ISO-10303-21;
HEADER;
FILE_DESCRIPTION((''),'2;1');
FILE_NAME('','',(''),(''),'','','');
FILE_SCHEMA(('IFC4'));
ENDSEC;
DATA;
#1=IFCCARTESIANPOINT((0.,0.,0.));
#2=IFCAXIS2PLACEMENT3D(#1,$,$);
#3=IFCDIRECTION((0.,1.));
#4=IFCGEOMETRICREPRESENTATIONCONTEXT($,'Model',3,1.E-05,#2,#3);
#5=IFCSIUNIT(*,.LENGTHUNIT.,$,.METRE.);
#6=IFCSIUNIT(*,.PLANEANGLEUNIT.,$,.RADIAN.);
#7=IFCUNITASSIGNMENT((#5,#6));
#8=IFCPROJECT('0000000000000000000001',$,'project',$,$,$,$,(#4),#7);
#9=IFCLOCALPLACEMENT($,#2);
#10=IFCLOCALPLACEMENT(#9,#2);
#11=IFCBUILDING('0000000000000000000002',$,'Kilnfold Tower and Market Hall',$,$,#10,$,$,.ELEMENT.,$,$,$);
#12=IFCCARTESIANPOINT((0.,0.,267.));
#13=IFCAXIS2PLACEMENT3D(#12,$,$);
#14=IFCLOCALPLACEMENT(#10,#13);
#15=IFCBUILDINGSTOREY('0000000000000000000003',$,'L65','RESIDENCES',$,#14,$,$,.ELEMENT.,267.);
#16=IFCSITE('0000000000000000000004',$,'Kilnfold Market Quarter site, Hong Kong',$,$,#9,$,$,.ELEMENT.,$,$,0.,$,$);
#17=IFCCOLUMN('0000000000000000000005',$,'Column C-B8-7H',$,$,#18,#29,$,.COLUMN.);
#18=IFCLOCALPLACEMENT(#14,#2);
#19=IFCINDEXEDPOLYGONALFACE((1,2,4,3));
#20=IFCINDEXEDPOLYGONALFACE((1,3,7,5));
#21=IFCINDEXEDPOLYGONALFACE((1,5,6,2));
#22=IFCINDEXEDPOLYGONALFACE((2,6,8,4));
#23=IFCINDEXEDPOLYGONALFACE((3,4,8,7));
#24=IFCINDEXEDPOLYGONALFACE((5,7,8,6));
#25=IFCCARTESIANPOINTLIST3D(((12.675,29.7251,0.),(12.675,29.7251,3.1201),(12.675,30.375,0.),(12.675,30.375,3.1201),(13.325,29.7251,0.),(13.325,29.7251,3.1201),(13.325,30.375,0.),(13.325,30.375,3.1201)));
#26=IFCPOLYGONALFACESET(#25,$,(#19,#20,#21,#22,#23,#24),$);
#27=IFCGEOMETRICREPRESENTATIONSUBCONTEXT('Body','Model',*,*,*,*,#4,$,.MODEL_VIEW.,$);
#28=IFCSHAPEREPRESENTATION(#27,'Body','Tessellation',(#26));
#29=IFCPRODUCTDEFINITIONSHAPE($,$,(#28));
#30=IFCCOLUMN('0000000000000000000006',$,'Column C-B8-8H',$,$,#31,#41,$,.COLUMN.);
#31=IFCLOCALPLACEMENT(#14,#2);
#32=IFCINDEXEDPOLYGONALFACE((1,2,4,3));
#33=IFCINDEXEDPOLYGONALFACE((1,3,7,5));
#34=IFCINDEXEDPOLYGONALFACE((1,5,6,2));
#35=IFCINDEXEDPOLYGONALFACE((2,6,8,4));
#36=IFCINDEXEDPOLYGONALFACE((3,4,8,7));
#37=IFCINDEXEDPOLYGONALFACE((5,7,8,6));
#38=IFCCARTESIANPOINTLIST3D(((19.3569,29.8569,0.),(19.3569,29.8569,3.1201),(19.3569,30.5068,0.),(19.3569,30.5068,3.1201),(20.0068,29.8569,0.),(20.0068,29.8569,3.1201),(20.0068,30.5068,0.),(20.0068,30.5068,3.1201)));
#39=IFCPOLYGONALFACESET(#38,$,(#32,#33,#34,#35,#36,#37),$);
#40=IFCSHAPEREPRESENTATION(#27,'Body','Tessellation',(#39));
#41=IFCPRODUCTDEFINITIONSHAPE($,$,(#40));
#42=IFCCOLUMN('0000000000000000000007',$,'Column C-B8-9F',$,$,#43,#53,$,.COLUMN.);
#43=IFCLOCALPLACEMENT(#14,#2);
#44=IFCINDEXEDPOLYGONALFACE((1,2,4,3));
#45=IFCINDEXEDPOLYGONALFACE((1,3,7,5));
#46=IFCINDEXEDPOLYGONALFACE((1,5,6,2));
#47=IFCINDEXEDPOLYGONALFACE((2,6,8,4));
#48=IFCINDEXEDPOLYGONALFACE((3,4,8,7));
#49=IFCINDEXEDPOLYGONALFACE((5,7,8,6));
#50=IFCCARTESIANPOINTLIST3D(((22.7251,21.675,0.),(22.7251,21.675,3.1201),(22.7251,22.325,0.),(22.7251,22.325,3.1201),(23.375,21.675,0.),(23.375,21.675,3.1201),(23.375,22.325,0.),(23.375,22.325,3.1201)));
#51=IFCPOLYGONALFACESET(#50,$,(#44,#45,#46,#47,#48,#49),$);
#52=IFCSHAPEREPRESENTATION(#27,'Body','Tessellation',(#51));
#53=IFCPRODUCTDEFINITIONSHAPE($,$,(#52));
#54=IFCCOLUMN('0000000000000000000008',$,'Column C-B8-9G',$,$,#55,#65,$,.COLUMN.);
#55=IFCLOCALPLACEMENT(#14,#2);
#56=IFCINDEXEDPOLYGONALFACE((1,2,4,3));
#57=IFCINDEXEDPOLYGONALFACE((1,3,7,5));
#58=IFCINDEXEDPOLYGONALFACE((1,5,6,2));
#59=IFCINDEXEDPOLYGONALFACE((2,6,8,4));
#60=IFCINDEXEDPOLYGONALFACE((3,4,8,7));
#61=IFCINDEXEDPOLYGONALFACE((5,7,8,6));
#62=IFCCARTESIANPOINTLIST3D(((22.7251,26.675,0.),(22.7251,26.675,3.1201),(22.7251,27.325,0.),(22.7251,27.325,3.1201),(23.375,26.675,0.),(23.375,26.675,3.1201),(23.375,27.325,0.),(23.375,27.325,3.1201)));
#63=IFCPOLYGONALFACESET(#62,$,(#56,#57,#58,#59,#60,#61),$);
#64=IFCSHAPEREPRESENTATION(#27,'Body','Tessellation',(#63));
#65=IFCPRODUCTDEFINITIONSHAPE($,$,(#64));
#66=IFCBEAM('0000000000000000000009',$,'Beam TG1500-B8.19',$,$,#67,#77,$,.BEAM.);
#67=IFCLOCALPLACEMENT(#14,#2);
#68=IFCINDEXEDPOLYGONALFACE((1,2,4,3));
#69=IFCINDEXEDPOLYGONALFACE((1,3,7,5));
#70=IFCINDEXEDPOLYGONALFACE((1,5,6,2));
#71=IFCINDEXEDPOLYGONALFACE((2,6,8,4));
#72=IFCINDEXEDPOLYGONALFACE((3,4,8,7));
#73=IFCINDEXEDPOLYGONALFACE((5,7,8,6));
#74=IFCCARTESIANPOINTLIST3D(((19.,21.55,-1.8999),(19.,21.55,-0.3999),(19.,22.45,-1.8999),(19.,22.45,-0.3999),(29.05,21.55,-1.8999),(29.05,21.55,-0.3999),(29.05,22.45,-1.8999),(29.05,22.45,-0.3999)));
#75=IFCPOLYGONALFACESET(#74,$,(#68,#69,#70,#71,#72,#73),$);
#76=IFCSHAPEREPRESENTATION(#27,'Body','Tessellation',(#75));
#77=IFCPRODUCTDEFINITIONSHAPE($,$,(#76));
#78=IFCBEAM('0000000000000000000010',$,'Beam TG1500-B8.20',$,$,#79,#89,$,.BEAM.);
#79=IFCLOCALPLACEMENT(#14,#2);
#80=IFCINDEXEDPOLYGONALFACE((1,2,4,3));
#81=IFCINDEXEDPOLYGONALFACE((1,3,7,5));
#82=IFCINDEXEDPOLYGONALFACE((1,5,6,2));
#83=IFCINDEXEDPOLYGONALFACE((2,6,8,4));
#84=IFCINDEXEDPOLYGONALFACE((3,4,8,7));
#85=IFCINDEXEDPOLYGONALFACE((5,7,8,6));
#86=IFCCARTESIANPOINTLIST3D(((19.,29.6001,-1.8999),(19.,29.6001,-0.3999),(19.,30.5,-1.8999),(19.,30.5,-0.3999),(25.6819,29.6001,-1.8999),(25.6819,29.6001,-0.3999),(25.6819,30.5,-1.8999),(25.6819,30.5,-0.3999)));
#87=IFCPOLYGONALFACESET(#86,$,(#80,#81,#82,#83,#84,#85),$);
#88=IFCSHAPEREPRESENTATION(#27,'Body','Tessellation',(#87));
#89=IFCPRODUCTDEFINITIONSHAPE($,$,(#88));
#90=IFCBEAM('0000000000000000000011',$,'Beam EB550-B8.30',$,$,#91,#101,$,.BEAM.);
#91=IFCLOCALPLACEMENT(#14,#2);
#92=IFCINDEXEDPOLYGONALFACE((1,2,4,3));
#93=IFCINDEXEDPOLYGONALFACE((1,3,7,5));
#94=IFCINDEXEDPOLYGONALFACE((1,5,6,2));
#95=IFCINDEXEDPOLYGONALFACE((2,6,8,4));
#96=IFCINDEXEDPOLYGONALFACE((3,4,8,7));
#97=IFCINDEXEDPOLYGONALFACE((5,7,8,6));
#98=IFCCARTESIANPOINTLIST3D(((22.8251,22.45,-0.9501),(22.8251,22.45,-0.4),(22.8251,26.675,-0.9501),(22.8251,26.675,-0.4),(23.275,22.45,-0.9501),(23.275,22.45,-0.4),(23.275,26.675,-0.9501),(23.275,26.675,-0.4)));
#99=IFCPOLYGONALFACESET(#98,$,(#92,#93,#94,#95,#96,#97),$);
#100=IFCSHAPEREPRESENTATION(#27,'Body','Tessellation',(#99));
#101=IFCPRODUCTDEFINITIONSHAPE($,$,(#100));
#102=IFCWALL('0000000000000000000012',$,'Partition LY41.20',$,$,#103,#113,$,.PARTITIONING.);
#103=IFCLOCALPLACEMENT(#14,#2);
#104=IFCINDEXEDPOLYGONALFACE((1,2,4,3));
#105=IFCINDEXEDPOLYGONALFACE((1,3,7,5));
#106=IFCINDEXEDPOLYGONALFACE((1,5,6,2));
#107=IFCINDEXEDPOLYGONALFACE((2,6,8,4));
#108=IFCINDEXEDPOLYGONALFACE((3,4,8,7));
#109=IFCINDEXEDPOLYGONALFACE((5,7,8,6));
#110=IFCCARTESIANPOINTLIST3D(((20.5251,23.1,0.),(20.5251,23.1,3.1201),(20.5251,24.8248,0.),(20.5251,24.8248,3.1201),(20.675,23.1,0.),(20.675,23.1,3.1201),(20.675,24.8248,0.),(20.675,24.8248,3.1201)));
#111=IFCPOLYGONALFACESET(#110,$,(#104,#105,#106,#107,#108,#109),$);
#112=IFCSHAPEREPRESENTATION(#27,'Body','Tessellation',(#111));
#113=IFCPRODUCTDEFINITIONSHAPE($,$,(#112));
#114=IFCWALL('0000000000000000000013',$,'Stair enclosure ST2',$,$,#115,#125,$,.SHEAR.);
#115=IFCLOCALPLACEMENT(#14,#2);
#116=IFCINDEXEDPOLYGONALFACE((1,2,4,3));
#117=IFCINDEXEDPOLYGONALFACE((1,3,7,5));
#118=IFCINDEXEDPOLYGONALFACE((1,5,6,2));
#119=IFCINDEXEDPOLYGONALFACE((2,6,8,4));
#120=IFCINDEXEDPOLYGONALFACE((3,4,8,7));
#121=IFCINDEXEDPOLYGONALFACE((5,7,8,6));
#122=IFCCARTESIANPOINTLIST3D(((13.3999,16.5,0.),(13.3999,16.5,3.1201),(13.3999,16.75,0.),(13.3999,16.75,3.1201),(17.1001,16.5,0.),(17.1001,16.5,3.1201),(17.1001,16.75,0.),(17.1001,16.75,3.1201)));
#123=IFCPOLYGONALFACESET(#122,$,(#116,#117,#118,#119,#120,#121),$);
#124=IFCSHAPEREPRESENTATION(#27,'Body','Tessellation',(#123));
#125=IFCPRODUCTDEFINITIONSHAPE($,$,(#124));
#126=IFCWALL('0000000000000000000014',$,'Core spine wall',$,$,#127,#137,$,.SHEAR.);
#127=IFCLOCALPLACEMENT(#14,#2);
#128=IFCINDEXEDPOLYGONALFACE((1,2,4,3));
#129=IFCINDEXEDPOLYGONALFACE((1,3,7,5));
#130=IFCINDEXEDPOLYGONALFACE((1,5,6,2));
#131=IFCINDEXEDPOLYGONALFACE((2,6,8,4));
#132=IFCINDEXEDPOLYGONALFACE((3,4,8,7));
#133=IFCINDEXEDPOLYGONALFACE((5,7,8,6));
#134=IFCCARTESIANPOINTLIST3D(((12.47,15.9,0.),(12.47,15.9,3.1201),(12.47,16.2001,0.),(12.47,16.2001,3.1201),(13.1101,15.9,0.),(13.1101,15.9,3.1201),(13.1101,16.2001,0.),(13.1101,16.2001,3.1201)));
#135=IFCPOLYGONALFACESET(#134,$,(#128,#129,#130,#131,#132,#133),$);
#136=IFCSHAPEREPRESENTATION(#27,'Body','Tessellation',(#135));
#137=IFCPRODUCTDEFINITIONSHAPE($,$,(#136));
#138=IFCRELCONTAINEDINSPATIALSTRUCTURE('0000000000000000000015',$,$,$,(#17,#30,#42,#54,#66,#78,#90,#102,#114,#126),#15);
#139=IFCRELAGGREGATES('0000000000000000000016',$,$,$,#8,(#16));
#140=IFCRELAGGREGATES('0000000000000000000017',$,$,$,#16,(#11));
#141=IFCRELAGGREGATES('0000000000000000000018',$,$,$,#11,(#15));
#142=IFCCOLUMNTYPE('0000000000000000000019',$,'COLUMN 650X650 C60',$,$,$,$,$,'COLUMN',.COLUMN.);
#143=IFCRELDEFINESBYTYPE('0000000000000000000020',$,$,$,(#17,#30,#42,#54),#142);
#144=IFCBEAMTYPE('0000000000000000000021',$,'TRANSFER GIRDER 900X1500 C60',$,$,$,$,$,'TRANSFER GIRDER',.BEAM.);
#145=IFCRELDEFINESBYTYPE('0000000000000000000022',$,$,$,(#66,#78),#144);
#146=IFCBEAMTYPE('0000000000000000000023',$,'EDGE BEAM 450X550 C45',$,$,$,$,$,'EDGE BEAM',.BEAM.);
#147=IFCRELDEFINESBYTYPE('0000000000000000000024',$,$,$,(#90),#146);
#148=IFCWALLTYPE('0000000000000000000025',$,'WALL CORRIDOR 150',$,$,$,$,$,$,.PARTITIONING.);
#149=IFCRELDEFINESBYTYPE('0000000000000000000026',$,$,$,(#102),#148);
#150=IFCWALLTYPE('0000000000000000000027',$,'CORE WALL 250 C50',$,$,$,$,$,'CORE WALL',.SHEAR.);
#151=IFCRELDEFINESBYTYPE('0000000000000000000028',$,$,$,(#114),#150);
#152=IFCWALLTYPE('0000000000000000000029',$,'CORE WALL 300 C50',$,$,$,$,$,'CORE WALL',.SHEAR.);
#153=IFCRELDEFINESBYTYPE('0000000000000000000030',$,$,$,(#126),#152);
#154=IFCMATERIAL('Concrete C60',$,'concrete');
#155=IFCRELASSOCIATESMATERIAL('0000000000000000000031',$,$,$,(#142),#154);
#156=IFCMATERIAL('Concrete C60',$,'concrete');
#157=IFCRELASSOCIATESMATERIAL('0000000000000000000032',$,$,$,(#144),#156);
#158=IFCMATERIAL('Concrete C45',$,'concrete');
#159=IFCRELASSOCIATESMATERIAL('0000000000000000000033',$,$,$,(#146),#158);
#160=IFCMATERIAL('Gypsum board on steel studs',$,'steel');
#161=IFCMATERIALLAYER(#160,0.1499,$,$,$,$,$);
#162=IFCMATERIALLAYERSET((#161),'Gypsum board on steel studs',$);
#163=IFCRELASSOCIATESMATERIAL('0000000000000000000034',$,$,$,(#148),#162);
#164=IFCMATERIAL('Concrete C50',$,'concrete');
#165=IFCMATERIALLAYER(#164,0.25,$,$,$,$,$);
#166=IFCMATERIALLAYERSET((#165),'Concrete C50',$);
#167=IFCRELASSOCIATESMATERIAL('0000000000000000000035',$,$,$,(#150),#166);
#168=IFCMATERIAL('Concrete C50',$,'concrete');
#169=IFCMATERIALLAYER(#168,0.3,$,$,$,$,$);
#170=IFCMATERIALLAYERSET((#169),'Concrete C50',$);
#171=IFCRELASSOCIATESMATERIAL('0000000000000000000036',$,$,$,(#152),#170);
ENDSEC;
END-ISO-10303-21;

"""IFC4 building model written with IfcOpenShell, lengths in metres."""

from ifc_helpers import new_model, si_unit, direction, frame, frame_2d, origin, origin_2d, place, context, subcontext, project, spatial, rectangle, extrude, source, transform, mapped, material, layer, layer_set, material_profile, profile_set, type_object, element, save


model = new_model("IFC4")

# Units and contexts
model_context = context("Model", 3, precision=1e-05, world=origin(), true_north=direction((0.0, 1.0)))
body_context = subcontext(model_context, "Body", "Model", "MODEL_VIEW")
ifc_project = project(units=[si_unit("LENGTHUNIT", "METRE"), si_unit("PLANEANGLEUNIT", "RADIAN")], contexts=[model_context])

# Site, building, storey
site_placement = place(None, origin())
site = spatial("IfcSite", under=ifc_project, at=site_placement, Name="Kilnfold Market Quarter site, Hong Kong", CompositionType="ELEMENT", RefElevation=0.0)
building_placement = place(site_placement, origin())
building = spatial("IfcBuilding", under=site, at=building_placement, Name="Kilnfold Tower and Market Hall", CompositionType="ELEMENT")
storey_placement = place(building_placement, frame((0.0, 0.0, 267.0)))
storey = spatial("IfcBuildingStorey", under=building, at=storey_placement, Name="L65", Description="RESIDENCES", CompositionType="ELEMENT", Elevation=267.0)

# Columns
ifc_material_1 = material(Name="Concrete C60", Category="concrete")
ifc_material_profile_1 = material_profile(ifc_material_1, rectangle(XDim=0.6499, YDim=0.6499, at=origin_2d()), Name="RC 650x650")
ifc_profile_set_1 = profile_set([ifc_material_profile_1], Name="Concrete C60")
column_type = type_object("IfcColumnType", Name="COLUMN 650X650 C60", ElementType="COLUMN", PredefinedType="COLUMN", material=ifc_profile_set_1)
shared_shape_1 = source(origin(), body_context, "Body", "SweptSolid", [
    extrude(rectangle(XDim=0.6499, YDim=0.6499, at=origin_2d()), origin(), (0.0, 0.0, 1.0), 3.1201),
])
for number, where, z_axis, x_axis, name in (
    (1, (13.0, 30.05, 0.0), (0.0, 0.0, 1.0), (1.0, 0.0, 0.0), "Column C-B8-7H"),
    (2, (19.6819, 30.1819, 0.0), (0.0, 0.0, 1.0), (1.0, 0.0, 0.0), "Column C-B8-8H"),
    (3, (23.05, 22.0, 0.0), (0.0, 0.0, 1.0), (1.0, 0.0, 0.0), "Column C-B8-9F"),
    (4, (23.05, 27.0, 0.0), (0.0, 0.0, 1.0), (1.0, 0.0, 0.0), "Column C-B8-9G"),
):
    element("IfcColumn", number, at=place(storey_placement, frame(where, z_axis=z_axis, x_axis=x_axis)), inside=storey, type_object=column_type, Name=name, PredefinedType="COLUMN", context=body_context, shape_type="MappedRepresentation", body=[
        mapped(shared_shape_1, transform((0.0, 0.0, 0.0))),
    ])

# Beams
ifc_material_2 = material(Name="Concrete C60", Category="concrete")
ifc_material_profile_2 = material_profile(ifc_material_2, rectangle(XDim=0.8999, YDim=1.5, at=origin_2d()), Name="RC 900x1500")
ifc_profile_set_2 = profile_set([ifc_material_profile_2], Name="Concrete C60")
beam_type_1 = type_object("IfcBeamType", Name="TRANSFER GIRDER 900X1500 C60", ElementType="TRANSFER GIRDER", PredefinedType="BEAM", material=ifc_profile_set_2)
shared_shape_2 = source(origin(), body_context, "Body", "SweptSolid", [
    extrude(rectangle(XDim=0.8999, YDim=1.5, at=origin_2d()), origin(), (0.0, 0.0, 1.0), 10.05),
])
beam_1_placement = place(storey_placement, frame((19.0, 22.0, -1.1499), z_axis=(1.0, 0.0, 0.0), x_axis=(0.0, 1.0, 0.0)))
element("IfcBeam", 5, at=beam_1_placement, inside=storey, type_object=beam_type_1, Name="Beam TG1500-B8.19", PredefinedType="BEAM", context=body_context, shape_type="MappedRepresentation", body=[
    mapped(shared_shape_2, transform((0.0, 0.0, 0.0))),
])
shared_shape_3 = source(origin(), body_context, "Body", "SweptSolid", [
    extrude(rectangle(XDim=0.8999, YDim=1.5, at=origin_2d()), origin(), (0.0, 0.0, 1.0), 6.6819),
])
beam_2_placement = place(storey_placement, frame((19.0, 30.05, -1.1499), z_axis=(1.0, 0.0, 0.0), x_axis=(0.0, 1.0, 0.0)))
element("IfcBeam", 6, at=beam_2_placement, inside=storey, type_object=beam_type_1, Name="Beam TG1500-B8.20", PredefinedType="BEAM", context=body_context, shape_type="MappedRepresentation", body=[
    mapped(shared_shape_3, transform((0.0, 0.0, 0.0))),
])
ifc_material_3 = material(Name="Concrete C45", Category="concrete")
ifc_material_profile_3 = material_profile(ifc_material_3, rectangle(XDim=0.45, YDim=0.55, at=origin_2d()), Name="RC 450x550")
ifc_profile_set_3 = profile_set([ifc_material_profile_3], Name="Concrete C45")
beam_type_2 = type_object("IfcBeamType", Name="EDGE BEAM 450X550 C45", ElementType="EDGE BEAM", PredefinedType="BEAM", material=ifc_profile_set_3)
shared_shape_4 = source(origin(), body_context, "Body", "SweptSolid", [
    extrude(rectangle(XDim=0.45, YDim=0.55, at=origin_2d()), origin(), (0.0, 0.0, 1.0), 4.2251),
])
beam_3_placement = place(storey_placement, frame((23.05, 22.45, -0.675), z_axis=(0.0, 1.0, 0.0), x_axis=(-1.0, 0.0, 0.0)))
element("IfcBeam", 7, at=beam_3_placement, inside=storey, type_object=beam_type_2, Name="Beam EB550-B8.30", PredefinedType="BEAM", context=body_context, shape_type="MappedRepresentation", body=[
    mapped(shared_shape_4, transform((0.0, 0.0, 0.0))),
])

# Walls
ifc_material_4 = material(Name="Gypsum board on steel studs", Category="steel")
ifc_layer_1 = layer(ifc_material_4, 0.1499)
ifc_layer_set_1 = layer_set([ifc_layer_1], Name="Gypsum board on steel studs")
wall_type_1 = type_object("IfcWallType", Name="WALL CORRIDOR 150", PredefinedType="PARTITIONING", material=ifc_layer_set_1)
wall_1_placement = place(storey_placement, frame((20.6001, 23.1001, 0.0), z_axis=(0.0, 0.0, 1.0), x_axis=(0.0, 1.0, 0.0)))
element("IfcWall", 8, at=wall_1_placement, inside=storey, type_object=wall_type_1, Name="Partition LY41.20", PredefinedType="PARTITIONING", context=body_context, shape_type="SweptSolid", body=[
    extrude(rectangle(XDim=1.7249, YDim=0.1499, at=frame_2d((0.8623, 0.0))), origin(), (0.0, 0.0, 1.0), 3.1201),
])
ifc_material_5 = material(Name="Concrete C50", Category="concrete")
ifc_layer_2 = layer(ifc_material_5, 0.25)
ifc_layer_set_2 = layer_set([ifc_layer_2], Name="Concrete C50")
wall_type_2 = type_object("IfcWallType", Name="CORE WALL 250 C50", ElementType="CORE WALL", PredefinedType="SHEAR", material=ifc_layer_set_2)
shared_shape_5 = source(origin(), body_context, "Body", "SweptSolid", [
    extrude(rectangle(XDim=3.7002, YDim=0.25, at=frame_2d((1.8501, 0.0))), origin(), (0.0, 0.0, 1.0), 3.1201),
])
wall_2_placement = place(storey_placement, frame((13.3999, 16.625, 0.0), z_axis=(0.0, 0.0, 1.0), x_axis=(1.0, 0.0, 0.0)))
element("IfcWall", 9, at=wall_2_placement, inside=storey, type_object=wall_type_2, Name="Stair enclosure ST2", PredefinedType="SHEAR", context=body_context, shape_type="MappedRepresentation", body=[
    mapped(shared_shape_5, transform((0.0, 0.0, 0.0))),
])
ifc_material_6 = material(Name="Concrete C50", Category="concrete")
ifc_layer_3 = layer(ifc_material_6, 0.3)
ifc_layer_set_3 = layer_set([ifc_layer_3], Name="Concrete C50")
wall_type_3 = type_object("IfcWallType", Name="CORE WALL 300 C50", ElementType="CORE WALL", PredefinedType="SHEAR", material=ifc_layer_set_3)
shared_shape_6 = source(origin(), body_context, "Body", "SweptSolid", [
    extrude(rectangle(XDim=0.6401, YDim=0.3, at=frame_2d((0.3201, 0.0))), origin(), (0.0, 0.0, 1.0), 3.1201),
])
wall_3_placement = place(storey_placement, frame((12.47, 16.05, 0.0), z_axis=(0.0, 0.0, 1.0), x_axis=(1.0, 0.0, 0.0)))
element("IfcWall", 10, at=wall_3_placement, inside=storey, type_object=wall_type_3, Name="Core spine wall", PredefinedType="SHEAR", context=body_context, shape_type="MappedRepresentation", body=[
    mapped(shared_shape_6, transform((0.0, 0.0, 0.0))),
])

save(model, "model.ifc")
